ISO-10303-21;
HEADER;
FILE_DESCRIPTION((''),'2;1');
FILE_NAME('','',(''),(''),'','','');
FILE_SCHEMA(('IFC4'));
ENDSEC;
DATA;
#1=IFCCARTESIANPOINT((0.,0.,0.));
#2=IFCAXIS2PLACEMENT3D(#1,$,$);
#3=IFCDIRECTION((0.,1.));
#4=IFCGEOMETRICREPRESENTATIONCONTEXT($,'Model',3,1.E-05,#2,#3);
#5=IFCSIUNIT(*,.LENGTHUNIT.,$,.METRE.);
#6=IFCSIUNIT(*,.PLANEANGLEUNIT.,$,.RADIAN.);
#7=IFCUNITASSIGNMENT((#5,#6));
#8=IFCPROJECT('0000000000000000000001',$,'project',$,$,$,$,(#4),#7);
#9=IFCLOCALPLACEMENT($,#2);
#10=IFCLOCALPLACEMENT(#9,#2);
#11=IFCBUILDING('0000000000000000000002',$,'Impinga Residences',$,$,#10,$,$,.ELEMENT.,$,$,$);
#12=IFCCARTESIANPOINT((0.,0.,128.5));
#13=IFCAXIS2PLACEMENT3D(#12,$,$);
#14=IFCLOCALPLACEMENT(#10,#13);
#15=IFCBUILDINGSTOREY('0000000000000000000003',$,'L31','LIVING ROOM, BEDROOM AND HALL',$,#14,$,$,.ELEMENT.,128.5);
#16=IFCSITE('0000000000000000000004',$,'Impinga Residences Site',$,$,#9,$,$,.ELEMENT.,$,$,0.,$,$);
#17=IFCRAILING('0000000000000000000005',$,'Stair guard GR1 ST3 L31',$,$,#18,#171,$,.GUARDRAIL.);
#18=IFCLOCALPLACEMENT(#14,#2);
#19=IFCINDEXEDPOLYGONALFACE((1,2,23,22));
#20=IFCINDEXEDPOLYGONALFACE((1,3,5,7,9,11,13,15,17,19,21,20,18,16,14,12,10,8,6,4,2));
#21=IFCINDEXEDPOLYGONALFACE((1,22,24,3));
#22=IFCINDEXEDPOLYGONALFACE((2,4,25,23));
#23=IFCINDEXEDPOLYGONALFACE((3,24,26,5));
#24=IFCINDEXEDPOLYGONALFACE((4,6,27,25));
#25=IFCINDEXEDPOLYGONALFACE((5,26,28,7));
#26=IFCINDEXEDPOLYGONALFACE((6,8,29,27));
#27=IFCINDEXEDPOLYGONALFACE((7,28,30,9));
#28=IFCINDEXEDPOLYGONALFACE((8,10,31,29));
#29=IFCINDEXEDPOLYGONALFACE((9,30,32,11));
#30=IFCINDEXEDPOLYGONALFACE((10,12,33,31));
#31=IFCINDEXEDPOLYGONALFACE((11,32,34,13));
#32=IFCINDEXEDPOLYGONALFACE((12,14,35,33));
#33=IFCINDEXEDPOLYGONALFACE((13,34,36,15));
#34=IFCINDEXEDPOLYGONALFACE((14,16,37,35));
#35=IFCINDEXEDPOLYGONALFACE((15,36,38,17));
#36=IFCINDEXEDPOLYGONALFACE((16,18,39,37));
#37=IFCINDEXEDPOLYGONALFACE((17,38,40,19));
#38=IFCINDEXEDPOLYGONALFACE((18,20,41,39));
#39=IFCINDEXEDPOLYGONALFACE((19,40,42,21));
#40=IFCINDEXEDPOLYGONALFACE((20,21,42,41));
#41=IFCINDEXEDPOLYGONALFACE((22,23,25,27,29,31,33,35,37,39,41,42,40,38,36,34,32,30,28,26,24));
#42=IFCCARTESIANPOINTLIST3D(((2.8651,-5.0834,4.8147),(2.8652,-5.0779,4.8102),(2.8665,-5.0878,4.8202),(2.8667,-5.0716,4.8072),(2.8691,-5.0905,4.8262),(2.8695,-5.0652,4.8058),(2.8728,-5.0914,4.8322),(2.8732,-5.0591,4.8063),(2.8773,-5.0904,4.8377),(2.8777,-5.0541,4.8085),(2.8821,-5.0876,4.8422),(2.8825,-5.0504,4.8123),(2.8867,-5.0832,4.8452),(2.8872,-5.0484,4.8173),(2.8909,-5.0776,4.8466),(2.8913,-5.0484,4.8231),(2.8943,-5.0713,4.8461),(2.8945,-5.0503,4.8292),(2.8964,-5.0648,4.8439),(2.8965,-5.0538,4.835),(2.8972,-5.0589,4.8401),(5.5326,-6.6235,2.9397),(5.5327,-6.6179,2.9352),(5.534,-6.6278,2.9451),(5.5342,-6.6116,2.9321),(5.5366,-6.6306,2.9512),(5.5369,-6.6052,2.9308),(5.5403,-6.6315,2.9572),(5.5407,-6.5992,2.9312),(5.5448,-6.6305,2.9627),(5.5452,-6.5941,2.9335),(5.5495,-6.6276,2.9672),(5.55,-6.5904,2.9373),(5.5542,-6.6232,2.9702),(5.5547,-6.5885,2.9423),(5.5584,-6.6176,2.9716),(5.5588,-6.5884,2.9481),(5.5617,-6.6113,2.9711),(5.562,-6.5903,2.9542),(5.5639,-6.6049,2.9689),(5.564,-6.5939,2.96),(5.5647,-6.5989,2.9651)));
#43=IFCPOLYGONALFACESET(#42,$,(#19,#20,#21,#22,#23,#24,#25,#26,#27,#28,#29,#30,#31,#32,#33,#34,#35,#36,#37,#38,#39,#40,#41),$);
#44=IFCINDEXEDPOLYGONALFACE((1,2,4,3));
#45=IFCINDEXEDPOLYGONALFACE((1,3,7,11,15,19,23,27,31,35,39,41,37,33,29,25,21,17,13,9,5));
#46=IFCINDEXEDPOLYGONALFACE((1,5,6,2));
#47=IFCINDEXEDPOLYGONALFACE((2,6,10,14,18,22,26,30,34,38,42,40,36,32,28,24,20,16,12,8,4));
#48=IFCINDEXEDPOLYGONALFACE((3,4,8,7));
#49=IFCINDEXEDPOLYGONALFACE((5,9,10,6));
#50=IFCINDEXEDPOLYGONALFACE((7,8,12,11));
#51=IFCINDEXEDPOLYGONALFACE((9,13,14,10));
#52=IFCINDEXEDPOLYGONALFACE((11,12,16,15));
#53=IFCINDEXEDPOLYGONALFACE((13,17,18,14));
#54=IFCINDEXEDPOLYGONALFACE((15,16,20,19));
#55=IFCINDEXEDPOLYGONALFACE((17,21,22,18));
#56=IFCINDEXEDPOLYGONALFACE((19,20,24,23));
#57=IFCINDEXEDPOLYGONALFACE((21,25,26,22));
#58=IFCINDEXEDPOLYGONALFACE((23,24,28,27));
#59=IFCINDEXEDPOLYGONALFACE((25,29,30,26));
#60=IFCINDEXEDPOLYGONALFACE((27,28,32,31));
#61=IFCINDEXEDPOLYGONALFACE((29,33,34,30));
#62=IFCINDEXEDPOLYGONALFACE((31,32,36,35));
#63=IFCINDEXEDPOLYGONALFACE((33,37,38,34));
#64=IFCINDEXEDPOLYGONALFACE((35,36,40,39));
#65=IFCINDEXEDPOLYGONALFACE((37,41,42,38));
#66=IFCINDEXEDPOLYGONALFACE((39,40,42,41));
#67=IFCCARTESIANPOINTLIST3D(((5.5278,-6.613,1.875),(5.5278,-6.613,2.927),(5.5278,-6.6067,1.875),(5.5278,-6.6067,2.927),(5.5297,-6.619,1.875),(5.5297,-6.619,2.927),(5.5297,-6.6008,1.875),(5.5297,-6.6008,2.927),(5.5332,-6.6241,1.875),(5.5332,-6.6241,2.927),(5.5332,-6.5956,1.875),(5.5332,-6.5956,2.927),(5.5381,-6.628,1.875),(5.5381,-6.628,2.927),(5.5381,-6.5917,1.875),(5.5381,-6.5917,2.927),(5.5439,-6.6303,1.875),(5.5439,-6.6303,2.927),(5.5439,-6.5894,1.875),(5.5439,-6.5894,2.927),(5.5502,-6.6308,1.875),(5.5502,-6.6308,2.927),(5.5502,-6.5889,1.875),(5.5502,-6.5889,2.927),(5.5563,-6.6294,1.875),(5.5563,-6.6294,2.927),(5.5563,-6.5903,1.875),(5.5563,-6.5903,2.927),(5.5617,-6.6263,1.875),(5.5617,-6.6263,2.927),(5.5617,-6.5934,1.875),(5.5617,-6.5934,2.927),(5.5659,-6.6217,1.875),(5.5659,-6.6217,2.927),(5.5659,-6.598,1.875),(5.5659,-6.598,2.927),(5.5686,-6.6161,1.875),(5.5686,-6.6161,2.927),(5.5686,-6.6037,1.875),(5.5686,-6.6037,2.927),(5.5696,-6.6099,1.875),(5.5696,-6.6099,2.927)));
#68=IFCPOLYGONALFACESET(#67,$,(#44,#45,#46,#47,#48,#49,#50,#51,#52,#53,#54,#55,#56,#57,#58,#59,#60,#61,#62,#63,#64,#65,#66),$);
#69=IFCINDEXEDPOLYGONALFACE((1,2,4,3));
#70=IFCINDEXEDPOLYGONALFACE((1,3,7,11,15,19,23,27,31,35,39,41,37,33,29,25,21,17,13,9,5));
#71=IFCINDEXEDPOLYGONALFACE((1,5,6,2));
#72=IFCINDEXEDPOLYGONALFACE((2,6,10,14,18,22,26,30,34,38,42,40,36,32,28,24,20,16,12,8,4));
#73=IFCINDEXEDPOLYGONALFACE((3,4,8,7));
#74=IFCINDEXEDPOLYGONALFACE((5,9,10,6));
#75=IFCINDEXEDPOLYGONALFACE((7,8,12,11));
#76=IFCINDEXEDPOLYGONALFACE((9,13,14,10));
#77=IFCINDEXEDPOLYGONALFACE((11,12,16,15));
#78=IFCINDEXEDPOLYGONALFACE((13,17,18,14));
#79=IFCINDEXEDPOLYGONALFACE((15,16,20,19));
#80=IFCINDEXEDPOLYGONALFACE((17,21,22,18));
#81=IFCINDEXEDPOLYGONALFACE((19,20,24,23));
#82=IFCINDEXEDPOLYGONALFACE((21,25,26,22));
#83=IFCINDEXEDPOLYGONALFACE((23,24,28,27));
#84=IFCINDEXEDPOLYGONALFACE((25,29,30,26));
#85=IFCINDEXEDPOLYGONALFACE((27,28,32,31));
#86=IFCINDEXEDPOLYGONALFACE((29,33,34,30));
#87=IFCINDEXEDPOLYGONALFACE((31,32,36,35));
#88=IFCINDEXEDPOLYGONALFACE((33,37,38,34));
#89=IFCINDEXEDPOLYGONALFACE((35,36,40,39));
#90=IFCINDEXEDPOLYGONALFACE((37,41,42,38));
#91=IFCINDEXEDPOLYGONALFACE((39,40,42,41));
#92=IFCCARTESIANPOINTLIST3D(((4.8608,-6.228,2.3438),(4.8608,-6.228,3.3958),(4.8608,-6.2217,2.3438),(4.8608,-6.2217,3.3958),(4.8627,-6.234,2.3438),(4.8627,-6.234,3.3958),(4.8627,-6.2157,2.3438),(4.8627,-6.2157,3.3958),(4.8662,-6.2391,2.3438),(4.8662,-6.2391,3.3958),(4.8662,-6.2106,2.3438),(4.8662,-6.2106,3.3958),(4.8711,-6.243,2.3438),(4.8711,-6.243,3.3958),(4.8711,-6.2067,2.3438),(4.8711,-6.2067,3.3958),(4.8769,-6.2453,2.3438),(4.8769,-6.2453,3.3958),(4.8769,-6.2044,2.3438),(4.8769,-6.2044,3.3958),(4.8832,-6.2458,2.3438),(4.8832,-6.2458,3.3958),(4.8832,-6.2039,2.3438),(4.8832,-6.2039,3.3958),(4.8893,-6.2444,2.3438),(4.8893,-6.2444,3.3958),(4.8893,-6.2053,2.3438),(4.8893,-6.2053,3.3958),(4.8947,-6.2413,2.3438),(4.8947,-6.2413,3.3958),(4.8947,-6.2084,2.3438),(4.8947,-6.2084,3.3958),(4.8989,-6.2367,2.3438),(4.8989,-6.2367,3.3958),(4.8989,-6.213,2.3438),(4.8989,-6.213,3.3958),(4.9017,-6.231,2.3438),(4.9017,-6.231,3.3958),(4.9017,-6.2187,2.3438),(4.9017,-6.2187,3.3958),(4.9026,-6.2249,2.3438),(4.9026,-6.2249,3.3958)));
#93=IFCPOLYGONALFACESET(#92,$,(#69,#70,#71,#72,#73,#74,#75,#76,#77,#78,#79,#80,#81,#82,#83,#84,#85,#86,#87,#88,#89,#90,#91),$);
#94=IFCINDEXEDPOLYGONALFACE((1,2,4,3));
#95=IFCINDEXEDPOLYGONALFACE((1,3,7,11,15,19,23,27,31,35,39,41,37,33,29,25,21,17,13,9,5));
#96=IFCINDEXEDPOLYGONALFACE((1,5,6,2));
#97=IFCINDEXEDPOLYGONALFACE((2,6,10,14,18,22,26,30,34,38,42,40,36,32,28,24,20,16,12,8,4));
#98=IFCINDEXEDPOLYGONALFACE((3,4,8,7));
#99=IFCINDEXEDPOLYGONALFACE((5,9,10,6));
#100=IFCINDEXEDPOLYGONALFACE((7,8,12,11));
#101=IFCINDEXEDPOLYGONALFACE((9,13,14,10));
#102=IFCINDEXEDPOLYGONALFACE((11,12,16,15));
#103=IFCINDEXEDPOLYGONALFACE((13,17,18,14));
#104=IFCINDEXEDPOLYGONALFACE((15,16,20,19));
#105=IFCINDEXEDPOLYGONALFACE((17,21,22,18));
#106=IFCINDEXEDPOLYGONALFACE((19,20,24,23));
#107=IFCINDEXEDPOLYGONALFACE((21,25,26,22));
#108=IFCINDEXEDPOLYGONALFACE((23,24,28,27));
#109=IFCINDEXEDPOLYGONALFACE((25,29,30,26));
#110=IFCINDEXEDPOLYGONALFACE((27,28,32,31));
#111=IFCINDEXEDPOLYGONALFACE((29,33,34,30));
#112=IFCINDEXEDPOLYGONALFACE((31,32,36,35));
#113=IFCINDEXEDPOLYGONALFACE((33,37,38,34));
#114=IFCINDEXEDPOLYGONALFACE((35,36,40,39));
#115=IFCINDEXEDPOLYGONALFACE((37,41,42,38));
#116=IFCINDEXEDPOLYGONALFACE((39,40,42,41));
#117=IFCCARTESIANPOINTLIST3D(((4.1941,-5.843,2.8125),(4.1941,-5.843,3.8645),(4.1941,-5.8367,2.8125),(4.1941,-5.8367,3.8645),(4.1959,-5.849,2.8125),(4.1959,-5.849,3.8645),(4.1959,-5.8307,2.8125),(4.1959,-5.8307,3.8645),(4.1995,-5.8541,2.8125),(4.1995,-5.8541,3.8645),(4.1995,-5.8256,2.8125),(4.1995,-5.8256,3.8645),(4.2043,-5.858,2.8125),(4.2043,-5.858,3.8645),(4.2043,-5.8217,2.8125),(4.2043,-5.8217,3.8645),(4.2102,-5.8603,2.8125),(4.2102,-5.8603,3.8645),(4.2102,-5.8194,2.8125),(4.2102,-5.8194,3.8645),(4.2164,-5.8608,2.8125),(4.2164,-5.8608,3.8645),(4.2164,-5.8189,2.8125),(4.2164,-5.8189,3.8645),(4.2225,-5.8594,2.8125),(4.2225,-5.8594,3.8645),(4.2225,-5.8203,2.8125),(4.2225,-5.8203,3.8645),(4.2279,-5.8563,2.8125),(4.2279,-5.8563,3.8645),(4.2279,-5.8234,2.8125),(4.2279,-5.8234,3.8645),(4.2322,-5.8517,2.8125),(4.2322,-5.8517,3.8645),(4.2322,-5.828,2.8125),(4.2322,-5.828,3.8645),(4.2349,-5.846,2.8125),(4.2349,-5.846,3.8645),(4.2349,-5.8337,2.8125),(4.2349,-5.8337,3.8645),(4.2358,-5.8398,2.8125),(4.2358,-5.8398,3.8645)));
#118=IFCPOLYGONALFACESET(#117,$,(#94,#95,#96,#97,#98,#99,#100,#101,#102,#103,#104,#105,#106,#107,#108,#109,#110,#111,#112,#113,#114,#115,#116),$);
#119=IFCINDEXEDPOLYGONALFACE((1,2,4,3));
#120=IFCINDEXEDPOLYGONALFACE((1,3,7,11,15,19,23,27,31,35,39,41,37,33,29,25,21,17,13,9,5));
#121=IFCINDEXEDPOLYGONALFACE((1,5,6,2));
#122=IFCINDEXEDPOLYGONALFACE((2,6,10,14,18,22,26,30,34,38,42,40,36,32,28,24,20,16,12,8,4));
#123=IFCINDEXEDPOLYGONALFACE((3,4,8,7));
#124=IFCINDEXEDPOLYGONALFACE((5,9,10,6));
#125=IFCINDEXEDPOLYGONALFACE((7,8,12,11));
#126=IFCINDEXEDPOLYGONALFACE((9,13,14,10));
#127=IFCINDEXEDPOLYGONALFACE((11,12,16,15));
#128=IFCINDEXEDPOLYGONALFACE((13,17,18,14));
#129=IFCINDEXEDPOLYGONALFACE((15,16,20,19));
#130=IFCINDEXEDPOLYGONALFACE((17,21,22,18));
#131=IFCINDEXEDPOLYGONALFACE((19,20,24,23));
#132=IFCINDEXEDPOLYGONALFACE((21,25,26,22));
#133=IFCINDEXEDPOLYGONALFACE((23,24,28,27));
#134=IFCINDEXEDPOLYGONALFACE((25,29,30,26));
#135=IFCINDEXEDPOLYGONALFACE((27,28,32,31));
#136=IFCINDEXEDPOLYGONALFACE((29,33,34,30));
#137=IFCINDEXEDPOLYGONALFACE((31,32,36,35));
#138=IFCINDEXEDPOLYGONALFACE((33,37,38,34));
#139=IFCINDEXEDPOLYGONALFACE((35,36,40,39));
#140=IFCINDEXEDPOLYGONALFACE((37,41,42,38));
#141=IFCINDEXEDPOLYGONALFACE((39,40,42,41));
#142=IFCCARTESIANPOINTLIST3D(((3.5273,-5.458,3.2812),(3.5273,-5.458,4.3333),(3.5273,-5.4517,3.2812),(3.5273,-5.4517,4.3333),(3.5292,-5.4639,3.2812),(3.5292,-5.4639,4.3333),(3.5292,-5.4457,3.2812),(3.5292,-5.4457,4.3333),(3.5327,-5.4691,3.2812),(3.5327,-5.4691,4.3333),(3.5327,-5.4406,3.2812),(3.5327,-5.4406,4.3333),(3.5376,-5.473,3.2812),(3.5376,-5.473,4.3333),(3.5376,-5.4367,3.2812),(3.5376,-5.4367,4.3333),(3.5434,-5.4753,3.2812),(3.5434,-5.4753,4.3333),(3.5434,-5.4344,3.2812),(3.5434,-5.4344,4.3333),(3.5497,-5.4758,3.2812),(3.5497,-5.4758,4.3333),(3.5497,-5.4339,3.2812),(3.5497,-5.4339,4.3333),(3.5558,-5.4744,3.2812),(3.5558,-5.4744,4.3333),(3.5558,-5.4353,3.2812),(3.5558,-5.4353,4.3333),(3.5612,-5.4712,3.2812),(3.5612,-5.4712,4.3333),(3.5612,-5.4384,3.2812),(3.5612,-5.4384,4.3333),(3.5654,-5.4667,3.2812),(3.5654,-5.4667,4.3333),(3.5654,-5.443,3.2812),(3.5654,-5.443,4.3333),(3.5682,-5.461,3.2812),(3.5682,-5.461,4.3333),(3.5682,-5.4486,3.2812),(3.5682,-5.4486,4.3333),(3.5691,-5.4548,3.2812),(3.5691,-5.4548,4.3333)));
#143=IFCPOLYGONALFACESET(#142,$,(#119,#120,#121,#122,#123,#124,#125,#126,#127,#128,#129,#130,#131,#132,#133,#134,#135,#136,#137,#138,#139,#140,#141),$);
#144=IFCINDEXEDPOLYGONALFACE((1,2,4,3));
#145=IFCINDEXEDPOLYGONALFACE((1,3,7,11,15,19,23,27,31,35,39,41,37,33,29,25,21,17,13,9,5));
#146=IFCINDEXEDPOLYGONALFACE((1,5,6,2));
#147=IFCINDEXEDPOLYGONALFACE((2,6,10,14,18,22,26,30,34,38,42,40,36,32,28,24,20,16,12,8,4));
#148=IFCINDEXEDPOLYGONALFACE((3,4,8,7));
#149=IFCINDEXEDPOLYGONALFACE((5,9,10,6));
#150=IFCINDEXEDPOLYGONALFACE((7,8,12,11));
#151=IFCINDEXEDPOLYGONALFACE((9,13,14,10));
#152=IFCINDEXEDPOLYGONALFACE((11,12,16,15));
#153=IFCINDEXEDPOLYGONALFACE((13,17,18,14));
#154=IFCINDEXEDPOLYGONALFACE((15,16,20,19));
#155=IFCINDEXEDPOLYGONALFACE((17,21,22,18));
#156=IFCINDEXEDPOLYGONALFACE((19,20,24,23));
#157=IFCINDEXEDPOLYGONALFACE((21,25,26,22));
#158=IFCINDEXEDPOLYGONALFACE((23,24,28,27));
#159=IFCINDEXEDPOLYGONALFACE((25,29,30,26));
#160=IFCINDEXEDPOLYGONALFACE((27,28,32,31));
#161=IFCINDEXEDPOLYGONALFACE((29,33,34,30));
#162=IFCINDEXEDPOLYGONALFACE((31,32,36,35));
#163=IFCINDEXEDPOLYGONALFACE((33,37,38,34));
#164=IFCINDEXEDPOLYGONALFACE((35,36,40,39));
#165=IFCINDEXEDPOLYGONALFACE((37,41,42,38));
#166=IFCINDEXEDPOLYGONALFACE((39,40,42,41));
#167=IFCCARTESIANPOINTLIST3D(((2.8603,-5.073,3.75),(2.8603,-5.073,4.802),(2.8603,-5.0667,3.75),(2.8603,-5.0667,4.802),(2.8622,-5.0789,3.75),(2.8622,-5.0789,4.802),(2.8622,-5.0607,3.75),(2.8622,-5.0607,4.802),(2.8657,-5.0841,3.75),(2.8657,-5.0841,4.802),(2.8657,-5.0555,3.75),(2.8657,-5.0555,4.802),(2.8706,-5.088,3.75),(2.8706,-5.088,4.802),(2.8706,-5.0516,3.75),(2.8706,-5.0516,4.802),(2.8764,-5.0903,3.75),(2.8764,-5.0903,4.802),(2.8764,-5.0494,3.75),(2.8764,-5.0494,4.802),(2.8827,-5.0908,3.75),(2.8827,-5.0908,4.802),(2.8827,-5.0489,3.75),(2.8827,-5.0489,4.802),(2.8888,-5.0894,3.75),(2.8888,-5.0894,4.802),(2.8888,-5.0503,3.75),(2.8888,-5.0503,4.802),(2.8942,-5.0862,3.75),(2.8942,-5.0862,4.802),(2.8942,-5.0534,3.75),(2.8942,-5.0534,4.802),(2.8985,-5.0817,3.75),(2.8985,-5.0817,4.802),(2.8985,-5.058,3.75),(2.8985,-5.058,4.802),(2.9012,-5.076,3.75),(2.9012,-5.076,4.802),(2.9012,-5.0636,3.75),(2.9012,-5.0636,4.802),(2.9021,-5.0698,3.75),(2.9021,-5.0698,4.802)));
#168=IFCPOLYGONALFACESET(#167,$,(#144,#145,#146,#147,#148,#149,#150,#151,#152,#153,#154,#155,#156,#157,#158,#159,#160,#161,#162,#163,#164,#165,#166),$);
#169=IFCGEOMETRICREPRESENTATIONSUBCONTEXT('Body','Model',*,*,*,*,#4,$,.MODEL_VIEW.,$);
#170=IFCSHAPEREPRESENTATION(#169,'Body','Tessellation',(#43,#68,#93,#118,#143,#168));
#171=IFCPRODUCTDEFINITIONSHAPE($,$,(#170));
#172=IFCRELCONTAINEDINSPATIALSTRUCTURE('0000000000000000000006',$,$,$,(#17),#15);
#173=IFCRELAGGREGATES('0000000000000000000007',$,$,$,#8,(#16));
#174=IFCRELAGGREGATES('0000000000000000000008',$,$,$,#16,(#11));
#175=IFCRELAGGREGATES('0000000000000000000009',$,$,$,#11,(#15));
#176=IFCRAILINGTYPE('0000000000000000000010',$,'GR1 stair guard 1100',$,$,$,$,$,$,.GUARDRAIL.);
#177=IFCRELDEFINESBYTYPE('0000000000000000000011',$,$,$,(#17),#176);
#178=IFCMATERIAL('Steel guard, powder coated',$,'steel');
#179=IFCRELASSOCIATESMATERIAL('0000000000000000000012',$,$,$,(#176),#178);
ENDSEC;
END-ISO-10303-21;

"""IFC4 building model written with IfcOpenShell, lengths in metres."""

from ifc_helpers import new_model, si_unit, direction, frame, origin, origin_2d, place, context, subcontext, project, spatial, circle, extrude, material, type_object, element, save


model = new_model("IFC4")

# Units and contexts
model_context = context("Model", 3, precision=1e-05, world=origin(), true_north=direction((0.0, 1.0)))
body_context = subcontext(model_context, "Body", "Model", "MODEL_VIEW")
ifc_project = project(units=[si_unit("LENGTHUNIT", "METRE"), si_unit("PLANEANGLEUNIT", "RADIAN")], contexts=[model_context])

# Site, building, storey
site_placement = place(None, origin())
site = spatial("IfcSite", under=ifc_project, at=site_placement, Name="Impinga Residences Site", CompositionType="ELEMENT", RefElevation=0.0)
building_placement = place(site_placement, origin())
building = spatial("IfcBuilding", under=site, at=building_placement, Name="Impinga Residences", CompositionType="ELEMENT")
storey_placement = place(building_placement, frame((0.0, 0.0, 128.5)))
storey = spatial("IfcBuildingStorey", under=building, at=storey_placement, Name="L31", Description="LIVING ROOM, BEDROOM AND HALL", CompositionType="ELEMENT", Elevation=128.5)

# Railing
ifc_material_1 = material(Name="Steel guard, powder coated", Category="steel")
railing_type_1 = type_object("IfcRailingType", Name="GR1 stair guard 1100", PredefinedType="GUARDRAIL", material=ifc_material_1)
railing_1_placement = place(storey_placement, frame((5.5486, -6.6099, 1.875)))
element("IfcRailing", 1, at=railing_1_placement, inside=storey, type_object=railing_type_1, Name="Stair guard GR1 ST3 L31", PredefinedType="GUARDRAIL", context=body_context, shape_type="SweptSolid", body=[
    extrude(circle(Radius=0.0239, at=origin_2d()), frame((0.0, 0.0, 1.0762), z_axis=(-0.739746, 0.427084, 0.519975), x_axis=(-0.499992, -0.86603, 0.0)), (0.0, 0.0, 1.0), 3.606),
    extrude(circle(Radius=0.021, at=origin_2d()), origin(), (0.0, 0.0, 1.0), 1.052),
    extrude(circle(Radius=0.021, at=origin_2d()), frame((-0.667, 0.385, 0.4688)), (0.0, 0.0, 1.0), 1.052),
    extrude(circle(Radius=0.021, at=origin_2d()), frame((-1.3337, 0.77, 0.9375)), (0.0, 0.0, 1.0), 1.052),
    extrude(circle(Radius=0.021, at=origin_2d()), frame((-2.0005, 1.155, 1.4062)), (0.0, 0.0, 1.0), 1.052),
    extrude(circle(Radius=0.021, at=origin_2d()), frame((-2.6675, 1.54, 1.875)), (0.0, 0.0, 1.0), 1.052),
])

save(model, "model.ifc")
